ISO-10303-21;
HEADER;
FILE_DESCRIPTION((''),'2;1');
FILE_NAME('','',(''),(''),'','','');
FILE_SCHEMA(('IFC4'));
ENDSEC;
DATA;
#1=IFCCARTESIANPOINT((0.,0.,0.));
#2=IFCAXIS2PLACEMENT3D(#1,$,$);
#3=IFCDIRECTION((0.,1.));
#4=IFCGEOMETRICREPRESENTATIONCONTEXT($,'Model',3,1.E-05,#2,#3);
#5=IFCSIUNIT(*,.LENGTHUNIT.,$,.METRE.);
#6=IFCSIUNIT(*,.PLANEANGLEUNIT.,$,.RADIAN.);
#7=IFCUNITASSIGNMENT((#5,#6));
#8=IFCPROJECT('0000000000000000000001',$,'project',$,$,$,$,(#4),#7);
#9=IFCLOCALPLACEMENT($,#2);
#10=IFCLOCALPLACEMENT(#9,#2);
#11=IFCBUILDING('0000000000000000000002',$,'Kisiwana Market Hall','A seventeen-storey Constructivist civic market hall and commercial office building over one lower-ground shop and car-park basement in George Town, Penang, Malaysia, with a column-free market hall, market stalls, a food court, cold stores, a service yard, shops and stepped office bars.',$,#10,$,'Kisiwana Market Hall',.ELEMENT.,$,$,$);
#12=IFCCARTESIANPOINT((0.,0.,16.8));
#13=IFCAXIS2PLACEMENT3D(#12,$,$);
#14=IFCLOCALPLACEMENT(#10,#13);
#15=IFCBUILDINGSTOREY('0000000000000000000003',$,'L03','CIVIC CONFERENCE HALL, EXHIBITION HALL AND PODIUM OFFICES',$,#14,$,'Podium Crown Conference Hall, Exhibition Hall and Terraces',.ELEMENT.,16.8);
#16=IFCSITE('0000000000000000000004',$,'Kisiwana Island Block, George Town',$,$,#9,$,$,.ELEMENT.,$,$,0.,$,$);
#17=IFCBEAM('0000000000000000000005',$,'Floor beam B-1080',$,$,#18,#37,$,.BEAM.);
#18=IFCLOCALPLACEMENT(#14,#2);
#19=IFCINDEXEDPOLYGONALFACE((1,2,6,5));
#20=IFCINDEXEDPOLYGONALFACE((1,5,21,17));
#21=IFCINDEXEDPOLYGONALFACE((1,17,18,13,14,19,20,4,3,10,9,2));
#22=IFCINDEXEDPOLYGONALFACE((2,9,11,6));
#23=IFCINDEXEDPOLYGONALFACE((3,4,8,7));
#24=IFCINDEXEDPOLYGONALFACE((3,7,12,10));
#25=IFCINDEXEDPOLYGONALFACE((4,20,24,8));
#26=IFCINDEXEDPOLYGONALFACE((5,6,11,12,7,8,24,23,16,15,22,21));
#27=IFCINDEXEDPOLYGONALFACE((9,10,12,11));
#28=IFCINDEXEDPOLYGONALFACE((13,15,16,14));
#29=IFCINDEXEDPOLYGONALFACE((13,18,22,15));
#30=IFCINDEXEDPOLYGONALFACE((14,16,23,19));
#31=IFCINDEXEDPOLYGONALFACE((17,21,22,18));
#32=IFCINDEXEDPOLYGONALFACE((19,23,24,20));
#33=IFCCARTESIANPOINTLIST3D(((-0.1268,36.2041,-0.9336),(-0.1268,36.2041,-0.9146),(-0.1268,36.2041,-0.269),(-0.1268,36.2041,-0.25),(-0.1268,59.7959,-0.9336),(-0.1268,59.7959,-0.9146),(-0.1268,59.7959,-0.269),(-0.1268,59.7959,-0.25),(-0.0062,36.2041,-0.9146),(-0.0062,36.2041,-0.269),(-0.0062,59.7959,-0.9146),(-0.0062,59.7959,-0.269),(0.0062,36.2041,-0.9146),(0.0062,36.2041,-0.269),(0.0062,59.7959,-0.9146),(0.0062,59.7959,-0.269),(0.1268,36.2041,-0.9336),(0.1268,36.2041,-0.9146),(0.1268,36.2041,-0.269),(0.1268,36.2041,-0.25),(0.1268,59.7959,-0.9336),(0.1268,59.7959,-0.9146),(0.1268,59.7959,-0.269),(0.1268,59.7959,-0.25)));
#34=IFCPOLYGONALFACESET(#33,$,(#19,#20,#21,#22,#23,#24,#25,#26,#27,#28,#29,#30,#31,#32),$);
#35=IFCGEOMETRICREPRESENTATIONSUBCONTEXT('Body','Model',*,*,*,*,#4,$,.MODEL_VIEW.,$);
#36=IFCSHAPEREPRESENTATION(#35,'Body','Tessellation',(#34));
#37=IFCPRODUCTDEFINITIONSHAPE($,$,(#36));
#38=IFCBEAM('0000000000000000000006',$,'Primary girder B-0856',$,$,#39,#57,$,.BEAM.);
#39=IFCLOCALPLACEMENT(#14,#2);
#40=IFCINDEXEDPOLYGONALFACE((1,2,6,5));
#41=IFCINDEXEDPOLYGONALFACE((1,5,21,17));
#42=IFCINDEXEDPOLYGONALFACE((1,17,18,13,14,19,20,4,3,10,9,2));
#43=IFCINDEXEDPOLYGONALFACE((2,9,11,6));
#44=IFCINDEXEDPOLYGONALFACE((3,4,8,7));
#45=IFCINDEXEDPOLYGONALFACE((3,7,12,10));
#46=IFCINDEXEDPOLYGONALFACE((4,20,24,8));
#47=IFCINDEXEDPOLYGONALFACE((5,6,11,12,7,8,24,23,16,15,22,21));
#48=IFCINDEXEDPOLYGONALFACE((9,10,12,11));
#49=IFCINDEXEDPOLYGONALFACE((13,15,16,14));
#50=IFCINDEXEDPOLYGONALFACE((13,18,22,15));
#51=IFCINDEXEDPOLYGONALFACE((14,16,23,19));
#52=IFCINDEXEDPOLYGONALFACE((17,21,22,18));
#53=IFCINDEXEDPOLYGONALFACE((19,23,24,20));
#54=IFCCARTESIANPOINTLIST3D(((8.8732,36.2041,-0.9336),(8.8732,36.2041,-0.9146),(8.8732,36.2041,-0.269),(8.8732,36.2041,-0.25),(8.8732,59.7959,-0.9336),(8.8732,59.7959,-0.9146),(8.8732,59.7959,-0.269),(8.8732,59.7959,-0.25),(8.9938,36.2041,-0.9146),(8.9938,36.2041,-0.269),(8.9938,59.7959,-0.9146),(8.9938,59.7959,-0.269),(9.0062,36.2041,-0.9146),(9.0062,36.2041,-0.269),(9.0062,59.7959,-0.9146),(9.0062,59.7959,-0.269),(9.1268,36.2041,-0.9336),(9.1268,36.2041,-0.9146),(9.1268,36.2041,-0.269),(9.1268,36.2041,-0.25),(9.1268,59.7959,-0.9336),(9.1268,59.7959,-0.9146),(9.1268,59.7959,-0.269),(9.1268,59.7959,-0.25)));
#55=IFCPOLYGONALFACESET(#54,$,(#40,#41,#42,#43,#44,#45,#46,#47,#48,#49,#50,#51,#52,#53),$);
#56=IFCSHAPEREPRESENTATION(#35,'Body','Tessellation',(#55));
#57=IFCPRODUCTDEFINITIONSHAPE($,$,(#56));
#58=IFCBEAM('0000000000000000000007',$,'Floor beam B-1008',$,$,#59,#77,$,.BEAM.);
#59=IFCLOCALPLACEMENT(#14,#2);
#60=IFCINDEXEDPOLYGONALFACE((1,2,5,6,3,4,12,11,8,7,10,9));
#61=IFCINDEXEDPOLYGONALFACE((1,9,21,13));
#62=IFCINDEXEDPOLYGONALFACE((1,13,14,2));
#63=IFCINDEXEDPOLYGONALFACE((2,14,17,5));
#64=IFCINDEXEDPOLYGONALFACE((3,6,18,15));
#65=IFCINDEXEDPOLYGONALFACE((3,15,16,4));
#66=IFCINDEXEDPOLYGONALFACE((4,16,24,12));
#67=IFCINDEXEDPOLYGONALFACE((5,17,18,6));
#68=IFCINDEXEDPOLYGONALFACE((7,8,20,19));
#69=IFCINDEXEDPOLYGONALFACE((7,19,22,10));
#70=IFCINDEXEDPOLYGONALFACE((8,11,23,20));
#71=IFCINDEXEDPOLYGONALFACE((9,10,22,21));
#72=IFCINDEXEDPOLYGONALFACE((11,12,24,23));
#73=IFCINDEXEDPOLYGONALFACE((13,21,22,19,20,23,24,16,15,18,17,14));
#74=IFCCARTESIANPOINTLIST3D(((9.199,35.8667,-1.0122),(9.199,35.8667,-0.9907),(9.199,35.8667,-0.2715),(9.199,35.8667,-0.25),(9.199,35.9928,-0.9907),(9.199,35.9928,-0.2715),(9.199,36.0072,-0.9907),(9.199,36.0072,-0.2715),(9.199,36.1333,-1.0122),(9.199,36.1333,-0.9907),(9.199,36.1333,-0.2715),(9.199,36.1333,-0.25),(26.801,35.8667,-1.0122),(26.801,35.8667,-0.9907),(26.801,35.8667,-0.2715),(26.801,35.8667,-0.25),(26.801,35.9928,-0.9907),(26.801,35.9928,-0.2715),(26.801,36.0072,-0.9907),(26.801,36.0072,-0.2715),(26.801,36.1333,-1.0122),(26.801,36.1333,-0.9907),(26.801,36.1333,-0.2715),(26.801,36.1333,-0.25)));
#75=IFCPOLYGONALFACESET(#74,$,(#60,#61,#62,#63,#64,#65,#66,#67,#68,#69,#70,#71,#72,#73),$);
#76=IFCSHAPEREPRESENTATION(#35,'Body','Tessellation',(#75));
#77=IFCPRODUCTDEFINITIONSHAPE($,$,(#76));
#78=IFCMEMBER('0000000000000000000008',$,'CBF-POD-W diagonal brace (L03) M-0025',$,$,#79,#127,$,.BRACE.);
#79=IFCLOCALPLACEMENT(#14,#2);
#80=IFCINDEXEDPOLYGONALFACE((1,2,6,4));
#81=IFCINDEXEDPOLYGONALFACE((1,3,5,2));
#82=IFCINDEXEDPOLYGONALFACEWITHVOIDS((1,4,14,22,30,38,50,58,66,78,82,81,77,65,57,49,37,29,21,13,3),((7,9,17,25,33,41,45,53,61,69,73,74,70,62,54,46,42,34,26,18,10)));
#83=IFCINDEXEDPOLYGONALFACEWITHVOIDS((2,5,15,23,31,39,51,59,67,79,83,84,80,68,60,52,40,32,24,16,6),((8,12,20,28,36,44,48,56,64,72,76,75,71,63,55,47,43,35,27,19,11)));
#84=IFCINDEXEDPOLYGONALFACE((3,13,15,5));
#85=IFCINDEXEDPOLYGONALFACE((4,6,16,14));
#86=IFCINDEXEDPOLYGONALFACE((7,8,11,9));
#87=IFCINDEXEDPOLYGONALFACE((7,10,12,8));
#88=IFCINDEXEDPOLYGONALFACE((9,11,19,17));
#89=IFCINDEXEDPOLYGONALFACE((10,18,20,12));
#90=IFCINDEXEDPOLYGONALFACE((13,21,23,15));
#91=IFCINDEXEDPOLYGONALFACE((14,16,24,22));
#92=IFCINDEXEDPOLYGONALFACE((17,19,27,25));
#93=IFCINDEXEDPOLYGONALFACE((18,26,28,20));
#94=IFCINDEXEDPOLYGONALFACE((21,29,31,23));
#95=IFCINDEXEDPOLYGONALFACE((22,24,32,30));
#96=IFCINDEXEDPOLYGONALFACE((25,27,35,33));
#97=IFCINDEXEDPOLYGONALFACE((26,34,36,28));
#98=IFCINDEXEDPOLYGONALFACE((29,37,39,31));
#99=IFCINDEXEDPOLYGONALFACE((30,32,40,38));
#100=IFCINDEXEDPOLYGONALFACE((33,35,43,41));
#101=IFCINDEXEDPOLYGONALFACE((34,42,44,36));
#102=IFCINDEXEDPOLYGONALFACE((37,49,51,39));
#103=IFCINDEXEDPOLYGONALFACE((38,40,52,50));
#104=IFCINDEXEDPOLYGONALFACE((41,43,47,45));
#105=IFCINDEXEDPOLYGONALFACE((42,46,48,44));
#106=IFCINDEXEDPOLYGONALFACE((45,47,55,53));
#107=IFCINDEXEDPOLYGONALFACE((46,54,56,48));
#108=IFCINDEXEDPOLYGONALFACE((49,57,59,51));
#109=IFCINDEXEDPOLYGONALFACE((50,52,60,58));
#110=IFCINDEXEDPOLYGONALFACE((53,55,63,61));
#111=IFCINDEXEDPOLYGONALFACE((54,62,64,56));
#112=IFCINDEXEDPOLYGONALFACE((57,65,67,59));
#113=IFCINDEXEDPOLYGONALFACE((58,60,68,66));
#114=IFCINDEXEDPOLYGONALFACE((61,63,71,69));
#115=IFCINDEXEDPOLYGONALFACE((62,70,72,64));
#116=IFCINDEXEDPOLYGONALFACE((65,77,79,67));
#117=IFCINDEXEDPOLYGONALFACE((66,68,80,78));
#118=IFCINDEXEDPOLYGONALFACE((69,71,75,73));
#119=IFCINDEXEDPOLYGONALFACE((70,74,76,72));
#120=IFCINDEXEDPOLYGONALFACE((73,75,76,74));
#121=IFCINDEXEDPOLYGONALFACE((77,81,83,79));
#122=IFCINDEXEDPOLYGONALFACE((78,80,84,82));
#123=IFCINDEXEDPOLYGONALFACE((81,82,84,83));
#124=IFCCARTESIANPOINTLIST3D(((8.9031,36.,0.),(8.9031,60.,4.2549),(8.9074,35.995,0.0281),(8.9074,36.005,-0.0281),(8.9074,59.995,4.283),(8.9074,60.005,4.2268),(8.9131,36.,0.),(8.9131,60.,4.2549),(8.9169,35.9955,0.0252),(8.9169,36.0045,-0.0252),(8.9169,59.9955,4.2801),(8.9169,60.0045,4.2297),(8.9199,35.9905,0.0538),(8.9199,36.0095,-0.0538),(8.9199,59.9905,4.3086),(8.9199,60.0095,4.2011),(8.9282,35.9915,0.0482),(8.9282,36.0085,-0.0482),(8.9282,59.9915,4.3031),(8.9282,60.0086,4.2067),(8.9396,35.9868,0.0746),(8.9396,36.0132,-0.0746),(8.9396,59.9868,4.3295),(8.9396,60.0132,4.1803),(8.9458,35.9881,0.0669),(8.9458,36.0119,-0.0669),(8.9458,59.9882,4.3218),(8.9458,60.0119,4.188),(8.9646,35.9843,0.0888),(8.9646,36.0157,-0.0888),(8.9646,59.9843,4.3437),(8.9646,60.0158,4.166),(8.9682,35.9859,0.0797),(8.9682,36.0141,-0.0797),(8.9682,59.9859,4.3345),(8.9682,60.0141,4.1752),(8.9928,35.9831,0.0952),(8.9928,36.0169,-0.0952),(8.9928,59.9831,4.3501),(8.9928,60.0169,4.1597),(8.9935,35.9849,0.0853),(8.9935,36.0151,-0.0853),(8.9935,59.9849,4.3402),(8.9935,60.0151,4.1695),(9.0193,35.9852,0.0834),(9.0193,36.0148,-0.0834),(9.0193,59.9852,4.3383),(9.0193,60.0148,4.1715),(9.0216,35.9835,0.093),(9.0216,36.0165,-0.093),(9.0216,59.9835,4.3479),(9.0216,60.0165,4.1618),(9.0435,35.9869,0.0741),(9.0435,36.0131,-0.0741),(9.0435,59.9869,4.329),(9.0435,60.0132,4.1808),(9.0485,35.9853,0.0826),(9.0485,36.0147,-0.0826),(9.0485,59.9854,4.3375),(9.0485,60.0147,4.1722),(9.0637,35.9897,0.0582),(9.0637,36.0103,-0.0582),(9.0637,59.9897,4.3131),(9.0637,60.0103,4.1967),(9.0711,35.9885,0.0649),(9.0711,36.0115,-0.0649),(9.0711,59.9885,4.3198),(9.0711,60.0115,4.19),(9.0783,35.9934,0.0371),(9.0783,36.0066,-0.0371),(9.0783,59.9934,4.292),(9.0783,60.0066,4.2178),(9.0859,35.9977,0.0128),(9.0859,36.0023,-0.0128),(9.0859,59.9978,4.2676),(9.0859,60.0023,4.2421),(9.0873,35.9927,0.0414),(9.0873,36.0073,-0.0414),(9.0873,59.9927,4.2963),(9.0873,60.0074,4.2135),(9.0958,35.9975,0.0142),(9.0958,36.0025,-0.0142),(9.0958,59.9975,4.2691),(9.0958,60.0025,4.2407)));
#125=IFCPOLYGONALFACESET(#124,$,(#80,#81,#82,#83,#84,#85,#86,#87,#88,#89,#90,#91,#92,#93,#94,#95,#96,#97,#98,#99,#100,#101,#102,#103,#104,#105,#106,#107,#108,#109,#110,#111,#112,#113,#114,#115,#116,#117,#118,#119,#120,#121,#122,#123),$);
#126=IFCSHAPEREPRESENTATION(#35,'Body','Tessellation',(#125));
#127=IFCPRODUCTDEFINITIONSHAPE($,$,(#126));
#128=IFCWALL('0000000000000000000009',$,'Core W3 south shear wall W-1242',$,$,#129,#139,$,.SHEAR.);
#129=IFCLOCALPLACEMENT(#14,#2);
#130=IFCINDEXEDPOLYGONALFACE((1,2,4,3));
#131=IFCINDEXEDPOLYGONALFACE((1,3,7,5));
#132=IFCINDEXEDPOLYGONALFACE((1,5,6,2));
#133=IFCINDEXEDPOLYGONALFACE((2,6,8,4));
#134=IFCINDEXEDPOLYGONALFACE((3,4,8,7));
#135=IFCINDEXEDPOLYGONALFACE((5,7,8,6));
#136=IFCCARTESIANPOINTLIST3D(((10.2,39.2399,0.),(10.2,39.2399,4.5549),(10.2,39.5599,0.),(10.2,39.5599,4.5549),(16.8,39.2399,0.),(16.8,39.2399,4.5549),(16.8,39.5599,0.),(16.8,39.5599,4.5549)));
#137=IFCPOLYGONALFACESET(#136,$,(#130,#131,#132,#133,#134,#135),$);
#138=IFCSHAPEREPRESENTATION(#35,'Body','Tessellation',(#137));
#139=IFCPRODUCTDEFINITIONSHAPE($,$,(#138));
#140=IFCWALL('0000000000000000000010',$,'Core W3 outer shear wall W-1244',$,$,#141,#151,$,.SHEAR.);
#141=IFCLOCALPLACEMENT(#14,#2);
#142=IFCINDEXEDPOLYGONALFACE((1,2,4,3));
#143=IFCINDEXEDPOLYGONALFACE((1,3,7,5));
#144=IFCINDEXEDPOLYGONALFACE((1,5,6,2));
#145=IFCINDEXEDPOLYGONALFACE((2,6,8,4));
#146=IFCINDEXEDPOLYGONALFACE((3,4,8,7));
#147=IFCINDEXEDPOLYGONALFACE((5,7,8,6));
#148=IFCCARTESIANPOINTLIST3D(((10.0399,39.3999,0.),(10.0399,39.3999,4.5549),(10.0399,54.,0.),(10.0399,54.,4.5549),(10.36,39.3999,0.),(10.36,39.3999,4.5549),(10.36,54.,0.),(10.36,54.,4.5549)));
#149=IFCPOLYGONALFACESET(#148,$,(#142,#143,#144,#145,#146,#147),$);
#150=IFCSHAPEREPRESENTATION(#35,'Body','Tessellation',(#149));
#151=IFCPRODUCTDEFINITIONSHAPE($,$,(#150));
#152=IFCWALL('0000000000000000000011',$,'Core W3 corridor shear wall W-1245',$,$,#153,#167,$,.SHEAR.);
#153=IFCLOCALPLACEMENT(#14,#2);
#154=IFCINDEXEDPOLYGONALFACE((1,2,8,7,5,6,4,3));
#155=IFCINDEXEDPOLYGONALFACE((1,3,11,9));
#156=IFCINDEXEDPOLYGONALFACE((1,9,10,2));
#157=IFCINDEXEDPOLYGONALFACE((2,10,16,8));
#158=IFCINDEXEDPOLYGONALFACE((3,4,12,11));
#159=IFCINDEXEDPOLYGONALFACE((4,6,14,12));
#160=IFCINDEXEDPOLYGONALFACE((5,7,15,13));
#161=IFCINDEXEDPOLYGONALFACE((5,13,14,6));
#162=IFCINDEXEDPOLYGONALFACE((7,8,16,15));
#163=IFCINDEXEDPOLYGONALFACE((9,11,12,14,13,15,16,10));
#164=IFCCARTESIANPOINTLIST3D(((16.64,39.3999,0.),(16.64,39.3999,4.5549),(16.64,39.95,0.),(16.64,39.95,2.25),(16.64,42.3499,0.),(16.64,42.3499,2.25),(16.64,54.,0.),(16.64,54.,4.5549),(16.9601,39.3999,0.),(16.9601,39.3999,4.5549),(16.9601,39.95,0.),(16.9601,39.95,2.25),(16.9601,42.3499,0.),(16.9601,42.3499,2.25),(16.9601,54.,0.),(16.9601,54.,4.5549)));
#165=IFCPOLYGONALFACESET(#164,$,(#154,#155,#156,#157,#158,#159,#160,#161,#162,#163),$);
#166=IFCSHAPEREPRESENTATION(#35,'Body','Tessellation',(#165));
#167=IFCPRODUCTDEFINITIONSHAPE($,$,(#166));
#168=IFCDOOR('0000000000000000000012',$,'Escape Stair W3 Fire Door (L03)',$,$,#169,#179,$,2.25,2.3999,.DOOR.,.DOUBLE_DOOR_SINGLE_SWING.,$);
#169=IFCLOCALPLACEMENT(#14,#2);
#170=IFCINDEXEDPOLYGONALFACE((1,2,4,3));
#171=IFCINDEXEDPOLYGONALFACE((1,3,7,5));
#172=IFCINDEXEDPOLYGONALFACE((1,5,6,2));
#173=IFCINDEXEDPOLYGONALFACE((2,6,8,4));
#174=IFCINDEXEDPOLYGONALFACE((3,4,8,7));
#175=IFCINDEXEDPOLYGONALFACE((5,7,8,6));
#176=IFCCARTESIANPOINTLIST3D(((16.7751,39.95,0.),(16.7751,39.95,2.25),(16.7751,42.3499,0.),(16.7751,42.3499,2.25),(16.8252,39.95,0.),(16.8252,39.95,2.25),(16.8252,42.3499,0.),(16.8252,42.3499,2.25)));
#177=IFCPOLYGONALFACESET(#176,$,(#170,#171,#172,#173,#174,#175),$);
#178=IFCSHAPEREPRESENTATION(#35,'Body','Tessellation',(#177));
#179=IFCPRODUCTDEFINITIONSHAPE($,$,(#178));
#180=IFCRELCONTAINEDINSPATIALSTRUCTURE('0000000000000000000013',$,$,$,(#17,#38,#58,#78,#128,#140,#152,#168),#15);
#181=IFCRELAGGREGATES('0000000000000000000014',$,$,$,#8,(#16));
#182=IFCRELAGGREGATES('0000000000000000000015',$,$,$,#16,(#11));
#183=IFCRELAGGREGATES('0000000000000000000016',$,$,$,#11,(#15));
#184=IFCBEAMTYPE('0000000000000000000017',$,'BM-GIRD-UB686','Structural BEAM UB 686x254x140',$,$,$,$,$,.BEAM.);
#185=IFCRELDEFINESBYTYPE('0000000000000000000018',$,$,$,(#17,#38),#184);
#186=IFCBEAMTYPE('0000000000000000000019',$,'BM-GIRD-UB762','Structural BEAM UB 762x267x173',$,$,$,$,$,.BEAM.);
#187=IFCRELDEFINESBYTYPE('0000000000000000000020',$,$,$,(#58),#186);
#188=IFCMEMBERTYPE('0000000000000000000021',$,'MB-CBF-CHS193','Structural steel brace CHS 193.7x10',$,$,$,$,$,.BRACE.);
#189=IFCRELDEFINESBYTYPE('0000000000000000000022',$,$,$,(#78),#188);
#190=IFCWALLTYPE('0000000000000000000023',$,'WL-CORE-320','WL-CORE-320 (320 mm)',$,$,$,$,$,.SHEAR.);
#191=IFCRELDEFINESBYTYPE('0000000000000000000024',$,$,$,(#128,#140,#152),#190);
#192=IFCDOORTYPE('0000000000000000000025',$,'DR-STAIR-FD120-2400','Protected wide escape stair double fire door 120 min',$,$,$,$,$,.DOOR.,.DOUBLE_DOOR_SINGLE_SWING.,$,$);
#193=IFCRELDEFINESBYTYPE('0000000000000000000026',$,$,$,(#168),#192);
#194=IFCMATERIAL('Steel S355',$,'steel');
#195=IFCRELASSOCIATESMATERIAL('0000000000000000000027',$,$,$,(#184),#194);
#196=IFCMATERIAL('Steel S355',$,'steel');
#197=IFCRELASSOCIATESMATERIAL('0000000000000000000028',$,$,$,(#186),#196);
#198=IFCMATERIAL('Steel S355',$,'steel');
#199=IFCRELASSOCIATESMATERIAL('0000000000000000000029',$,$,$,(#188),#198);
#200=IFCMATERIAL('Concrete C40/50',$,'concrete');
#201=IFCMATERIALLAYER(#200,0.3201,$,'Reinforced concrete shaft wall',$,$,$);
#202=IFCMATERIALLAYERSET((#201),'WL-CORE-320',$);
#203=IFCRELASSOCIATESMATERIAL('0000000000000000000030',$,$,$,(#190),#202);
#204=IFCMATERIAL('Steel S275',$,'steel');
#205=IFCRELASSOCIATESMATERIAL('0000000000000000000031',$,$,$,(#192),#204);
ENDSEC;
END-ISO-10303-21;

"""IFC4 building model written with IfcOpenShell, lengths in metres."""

from ifc_helpers import new_model, si_unit, direction, frame, frame_2d, origin, origin_2d, place, context, subcontext, project, spatial, rectangle, hollow_circle, i_section, extrude, material, layer, layer_set, material_profile, profile_set, type_object, element, fill, save


model = new_model("IFC4")

# Units and contexts
model_context = context("Model", 3, precision=1e-05, world=origin(), true_north=direction((0.0, 1.0)))
body_context = subcontext(model_context, "Body", "Model", "MODEL_VIEW")
ifc_project = project(units=[si_unit("LENGTHUNIT", "METRE"), si_unit("PLANEANGLEUNIT", "RADIAN")], contexts=[model_context])

# Site, building, storey
site_placement = place(None, origin())
site = spatial("IfcSite", under=ifc_project, at=site_placement, Name="Kisiwana Island Block, George Town", CompositionType="ELEMENT", RefElevation=0.0)
building_placement = place(site_placement, origin())
building = spatial("IfcBuilding", under=site, at=building_placement, Name="Kisiwana Market Hall", Description="A seventeen-storey Constructivist civic market hall and commercial office building over one lower-ground shop and car-park basement in George Town, Penang, Malaysia, with a column-free market hall, market stalls, a food court, cold stores, a service yard, shops and stepped office bars.", LongName="Kisiwana Market Hall", CompositionType="ELEMENT")
storey_placement = place(building_placement, frame((0.0, 0.0, 16.8)))
storey = spatial("IfcBuildingStorey", under=building, at=storey_placement, Name="L03", Description="CIVIC CONFERENCE HALL, EXHIBITION HALL AND PODIUM OFFICES", LongName="Podium Crown Conference Hall, Exhibition Hall and Terraces", CompositionType="ELEMENT", Elevation=16.8)

# Beams
ifc_material_1 = material(Name="Steel S355", Category="steel")
ifc_material_profile_1 = material_profile(ifc_material_1, i_section(OverallWidth=0.2537, OverallDepth=0.6836, WebThickness=0.0125, FlangeThickness=0.019, at=origin_2d()), Name="UB 686x254x140")
ifc_profile_set_1 = profile_set([ifc_material_profile_1], Name="Steel S355")
beam_type_1 = type_object("IfcBeamType", Name="BM-GIRD-UB686", Description="Structural BEAM UB 686x254x140", PredefinedType="BEAM", material=ifc_profile_set_1)
for number, where, z_axis, x_axis, name in (
    (1, (0.0, 36.2041, -0.5918), (0.0, 1.0, 0.0), (-1.0, 0.0, 0.0), "Floor beam B-1080"),
    (2, (9.0, 36.2041, -0.5918), (0.0, 1.0, 0.0), (-1.0, 0.0, 0.0), "Primary girder B-0856"),
):
    element("IfcBeam", number, at=place(storey_placement, frame(where, z_axis=z_axis, x_axis=x_axis)), inside=storey, type_object=beam_type_1, Name=name, PredefinedType="BEAM", context=body_context, shape_type="SweptSolid", body=[
        extrude(i_section(OverallWidth=0.2537, OverallDepth=0.6836, WebThickness=0.0125, FlangeThickness=0.019, at=origin_2d()), origin(), (0.0, 0.0, 1.0), 23.5918),
    ])
ifc_material_2 = material(Name="Steel S355", Category="steel")
ifc_material_profile_2 = material_profile(ifc_material_2, i_section(OverallWidth=0.2666, OverallDepth=0.7622, WebThickness=0.0144, FlangeThickness=0.0215, at=origin_2d()), Name="UB 762x267x173")
ifc_profile_set_2 = profile_set([ifc_material_profile_2], Name="Steel S355")
beam_type_2 = type_object("IfcBeamType", Name="BM-GIRD-UB762", Description="Structural BEAM UB 762x267x173", PredefinedType="BEAM", material=ifc_profile_set_2)
beam_placement = place(storey_placement, frame((9.199, 36.0, -0.6311), z_axis=(1.0, 0.0, 0.0), x_axis=(0.0, 1.0, 0.0)))
element("IfcBeam", 3, at=beam_placement, inside=storey, type_object=beam_type_2, Name="Floor beam B-1008", PredefinedType="BEAM", context=body_context, shape_type="SweptSolid", body=[
    extrude(i_section(OverallWidth=0.2666, OverallDepth=0.7622, WebThickness=0.0144, FlangeThickness=0.0215, at=origin_2d()), origin(), (0.0, 0.0, 1.0), 17.6021),
])

# Member
ifc_material_3 = material(Name="Steel S355", Category="steel")
ifc_material_profile_3 = material_profile(ifc_material_3, hollow_circle(Radius=0.0969, WallThickness=0.01, at=origin_2d()), Name="CHS 193.7x10")
ifc_profile_set_3 = profile_set([ifc_material_profile_3], Name="Steel S355")
member_type = type_object("IfcMemberType", Name="MB-CBF-CHS193", Description="Structural steel brace CHS 193.7x10", PredefinedType="BRACE", material=ifc_profile_set_3)
member_placement = place(storey_placement, frame((9.0, 36.0, 0.0), z_axis=(0.0, 0.984646, 0.174565), x_axis=(-1.0, 0.0, 0.0)))
element("IfcMember", 4, at=member_placement, inside=storey, type_object=member_type, Name="CBF-POD-W diagonal brace (L03) M-0025", PredefinedType="BRACE", context=body_context, shape_type="SweptSolid", body=[
    extrude(hollow_circle(Radius=0.0969, WallThickness=0.01, at=origin_2d()), origin(), (0.0, 0.0, 1.0), 24.3743),
])

# Walls
ifc_material_4 = material(Name="Concrete C40/50", Category="concrete")
ifc_layer_1 = layer(ifc_material_4, 0.3201, Name="Reinforced concrete shaft wall")
ifc_layer_set_1 = layer_set([ifc_layer_1], Name="WL-CORE-320")
wall_type_1 = type_object("IfcWallType", Name="WL-CORE-320", Description="WL-CORE-320 (320 mm)", PredefinedType="SHEAR", material=ifc_layer_set_1)
wall_1_placement = place(storey_placement, frame((10.2, 39.3999, 0.0), z_axis=(0.0, 0.0, 1.0), x_axis=(1.0, 0.0, 0.0)))
element("IfcWall", 5, at=wall_1_placement, inside=storey, type_object=wall_type_1, Name="Core W3 south shear wall W-1242", PredefinedType="SHEAR", context=body_context, shape_type="SweptSolid", body=[
    extrude(rectangle(XDim=6.6001, YDim=0.3201, at=frame_2d((3.3, 0.0))), origin(), (0.0, 0.0, 1.0), 4.5549),
])
wall_2_placement = place(storey_placement, frame((10.2, 39.3999, 0.0), z_axis=(0.0, 0.0, 1.0), x_axis=(0.0, 1.0, 0.0)))
element("IfcWall", 6, at=wall_2_placement, inside=storey, type_object=wall_type_1, Name="Core W3 outer shear wall W-1244", PredefinedType="SHEAR", context=body_context, shape_type="SweptSolid", body=[
    extrude(rectangle(XDim=14.6001, YDim=0.3201, at=frame_2d((7.3, 0.0))), origin(), (0.0, 0.0, 1.0), 4.5549),
])

# Wall, opening, door
wall_3_placement = place(storey_placement, frame((16.8, 39.3999, 0.0), z_axis=(0.0, 0.0, 1.0), x_axis=(0.0, 1.0, 0.0)))
wall_3 = element("IfcWall", 7, at=wall_3_placement, inside=storey, type_object=wall_type_1, Name="Core W3 corridor shear wall W-1245", PredefinedType="SHEAR", context=body_context, shape_type="SweptSolid", body=[
    extrude(rectangle(XDim=14.6001, YDim=0.3201, at=frame_2d((7.3, 0.0))), origin(), (0.0, 0.0, 1.0), 4.5549),
])
opening_1_placement = place(wall_3_placement, frame((0.55, 0.0, 0.0)))
opening_1 = element("IfcOpeningElement", 8, at=opening_1_placement, cuts=wall_3, PredefinedType="OPENING", context=body_context, shape_type="SweptSolid", body=[
    extrude(rectangle(XDim=2.3999, YDim=2.25, at=frame_2d((1.2, 1.125))), frame((0.0, 0.1719, 0.0), z_axis=(0.0, -1.0, 0.0), x_axis=(1.0, 0.0, 0.0)), (0.0, 0.0, 1.0), 0.344),
])
ifc_material_5 = material(Name="Steel S275", Category="steel")
door_type_1 = type_object("IfcDoorType", Name="DR-STAIR-FD120-2400", Description="Protected wide escape stair double fire door 120 min", OperationType="DOUBLE_DOOR_SINGLE_SWING", PredefinedType="DOOR", material=ifc_material_5)
door_1_placement = place(opening_1_placement, origin())
door_1 = element("IfcDoor", 9, at=door_1_placement, inside=storey, type_object=door_type_1, Name="Escape Stair W3 Fire Door (L03)", OperationType="DOUBLE_DOOR_SINGLE_SWING", OverallHeight=2.25, OverallWidth=2.3999, PredefinedType="DOOR", context=body_context, shape_type="SweptSolid", body=[
    extrude(rectangle(XDim=2.3999, YDim=2.25, at=frame_2d((1.2, 1.125))), frame((0.0, 0.0249, 0.0), z_axis=(0.0, -1.0, 0.0), x_axis=(1.0, 0.0, 0.0)), (0.0, 0.0, 1.0), 0.05),
])
fill(opening_1, door_1)

save(model, "model.ifc")
